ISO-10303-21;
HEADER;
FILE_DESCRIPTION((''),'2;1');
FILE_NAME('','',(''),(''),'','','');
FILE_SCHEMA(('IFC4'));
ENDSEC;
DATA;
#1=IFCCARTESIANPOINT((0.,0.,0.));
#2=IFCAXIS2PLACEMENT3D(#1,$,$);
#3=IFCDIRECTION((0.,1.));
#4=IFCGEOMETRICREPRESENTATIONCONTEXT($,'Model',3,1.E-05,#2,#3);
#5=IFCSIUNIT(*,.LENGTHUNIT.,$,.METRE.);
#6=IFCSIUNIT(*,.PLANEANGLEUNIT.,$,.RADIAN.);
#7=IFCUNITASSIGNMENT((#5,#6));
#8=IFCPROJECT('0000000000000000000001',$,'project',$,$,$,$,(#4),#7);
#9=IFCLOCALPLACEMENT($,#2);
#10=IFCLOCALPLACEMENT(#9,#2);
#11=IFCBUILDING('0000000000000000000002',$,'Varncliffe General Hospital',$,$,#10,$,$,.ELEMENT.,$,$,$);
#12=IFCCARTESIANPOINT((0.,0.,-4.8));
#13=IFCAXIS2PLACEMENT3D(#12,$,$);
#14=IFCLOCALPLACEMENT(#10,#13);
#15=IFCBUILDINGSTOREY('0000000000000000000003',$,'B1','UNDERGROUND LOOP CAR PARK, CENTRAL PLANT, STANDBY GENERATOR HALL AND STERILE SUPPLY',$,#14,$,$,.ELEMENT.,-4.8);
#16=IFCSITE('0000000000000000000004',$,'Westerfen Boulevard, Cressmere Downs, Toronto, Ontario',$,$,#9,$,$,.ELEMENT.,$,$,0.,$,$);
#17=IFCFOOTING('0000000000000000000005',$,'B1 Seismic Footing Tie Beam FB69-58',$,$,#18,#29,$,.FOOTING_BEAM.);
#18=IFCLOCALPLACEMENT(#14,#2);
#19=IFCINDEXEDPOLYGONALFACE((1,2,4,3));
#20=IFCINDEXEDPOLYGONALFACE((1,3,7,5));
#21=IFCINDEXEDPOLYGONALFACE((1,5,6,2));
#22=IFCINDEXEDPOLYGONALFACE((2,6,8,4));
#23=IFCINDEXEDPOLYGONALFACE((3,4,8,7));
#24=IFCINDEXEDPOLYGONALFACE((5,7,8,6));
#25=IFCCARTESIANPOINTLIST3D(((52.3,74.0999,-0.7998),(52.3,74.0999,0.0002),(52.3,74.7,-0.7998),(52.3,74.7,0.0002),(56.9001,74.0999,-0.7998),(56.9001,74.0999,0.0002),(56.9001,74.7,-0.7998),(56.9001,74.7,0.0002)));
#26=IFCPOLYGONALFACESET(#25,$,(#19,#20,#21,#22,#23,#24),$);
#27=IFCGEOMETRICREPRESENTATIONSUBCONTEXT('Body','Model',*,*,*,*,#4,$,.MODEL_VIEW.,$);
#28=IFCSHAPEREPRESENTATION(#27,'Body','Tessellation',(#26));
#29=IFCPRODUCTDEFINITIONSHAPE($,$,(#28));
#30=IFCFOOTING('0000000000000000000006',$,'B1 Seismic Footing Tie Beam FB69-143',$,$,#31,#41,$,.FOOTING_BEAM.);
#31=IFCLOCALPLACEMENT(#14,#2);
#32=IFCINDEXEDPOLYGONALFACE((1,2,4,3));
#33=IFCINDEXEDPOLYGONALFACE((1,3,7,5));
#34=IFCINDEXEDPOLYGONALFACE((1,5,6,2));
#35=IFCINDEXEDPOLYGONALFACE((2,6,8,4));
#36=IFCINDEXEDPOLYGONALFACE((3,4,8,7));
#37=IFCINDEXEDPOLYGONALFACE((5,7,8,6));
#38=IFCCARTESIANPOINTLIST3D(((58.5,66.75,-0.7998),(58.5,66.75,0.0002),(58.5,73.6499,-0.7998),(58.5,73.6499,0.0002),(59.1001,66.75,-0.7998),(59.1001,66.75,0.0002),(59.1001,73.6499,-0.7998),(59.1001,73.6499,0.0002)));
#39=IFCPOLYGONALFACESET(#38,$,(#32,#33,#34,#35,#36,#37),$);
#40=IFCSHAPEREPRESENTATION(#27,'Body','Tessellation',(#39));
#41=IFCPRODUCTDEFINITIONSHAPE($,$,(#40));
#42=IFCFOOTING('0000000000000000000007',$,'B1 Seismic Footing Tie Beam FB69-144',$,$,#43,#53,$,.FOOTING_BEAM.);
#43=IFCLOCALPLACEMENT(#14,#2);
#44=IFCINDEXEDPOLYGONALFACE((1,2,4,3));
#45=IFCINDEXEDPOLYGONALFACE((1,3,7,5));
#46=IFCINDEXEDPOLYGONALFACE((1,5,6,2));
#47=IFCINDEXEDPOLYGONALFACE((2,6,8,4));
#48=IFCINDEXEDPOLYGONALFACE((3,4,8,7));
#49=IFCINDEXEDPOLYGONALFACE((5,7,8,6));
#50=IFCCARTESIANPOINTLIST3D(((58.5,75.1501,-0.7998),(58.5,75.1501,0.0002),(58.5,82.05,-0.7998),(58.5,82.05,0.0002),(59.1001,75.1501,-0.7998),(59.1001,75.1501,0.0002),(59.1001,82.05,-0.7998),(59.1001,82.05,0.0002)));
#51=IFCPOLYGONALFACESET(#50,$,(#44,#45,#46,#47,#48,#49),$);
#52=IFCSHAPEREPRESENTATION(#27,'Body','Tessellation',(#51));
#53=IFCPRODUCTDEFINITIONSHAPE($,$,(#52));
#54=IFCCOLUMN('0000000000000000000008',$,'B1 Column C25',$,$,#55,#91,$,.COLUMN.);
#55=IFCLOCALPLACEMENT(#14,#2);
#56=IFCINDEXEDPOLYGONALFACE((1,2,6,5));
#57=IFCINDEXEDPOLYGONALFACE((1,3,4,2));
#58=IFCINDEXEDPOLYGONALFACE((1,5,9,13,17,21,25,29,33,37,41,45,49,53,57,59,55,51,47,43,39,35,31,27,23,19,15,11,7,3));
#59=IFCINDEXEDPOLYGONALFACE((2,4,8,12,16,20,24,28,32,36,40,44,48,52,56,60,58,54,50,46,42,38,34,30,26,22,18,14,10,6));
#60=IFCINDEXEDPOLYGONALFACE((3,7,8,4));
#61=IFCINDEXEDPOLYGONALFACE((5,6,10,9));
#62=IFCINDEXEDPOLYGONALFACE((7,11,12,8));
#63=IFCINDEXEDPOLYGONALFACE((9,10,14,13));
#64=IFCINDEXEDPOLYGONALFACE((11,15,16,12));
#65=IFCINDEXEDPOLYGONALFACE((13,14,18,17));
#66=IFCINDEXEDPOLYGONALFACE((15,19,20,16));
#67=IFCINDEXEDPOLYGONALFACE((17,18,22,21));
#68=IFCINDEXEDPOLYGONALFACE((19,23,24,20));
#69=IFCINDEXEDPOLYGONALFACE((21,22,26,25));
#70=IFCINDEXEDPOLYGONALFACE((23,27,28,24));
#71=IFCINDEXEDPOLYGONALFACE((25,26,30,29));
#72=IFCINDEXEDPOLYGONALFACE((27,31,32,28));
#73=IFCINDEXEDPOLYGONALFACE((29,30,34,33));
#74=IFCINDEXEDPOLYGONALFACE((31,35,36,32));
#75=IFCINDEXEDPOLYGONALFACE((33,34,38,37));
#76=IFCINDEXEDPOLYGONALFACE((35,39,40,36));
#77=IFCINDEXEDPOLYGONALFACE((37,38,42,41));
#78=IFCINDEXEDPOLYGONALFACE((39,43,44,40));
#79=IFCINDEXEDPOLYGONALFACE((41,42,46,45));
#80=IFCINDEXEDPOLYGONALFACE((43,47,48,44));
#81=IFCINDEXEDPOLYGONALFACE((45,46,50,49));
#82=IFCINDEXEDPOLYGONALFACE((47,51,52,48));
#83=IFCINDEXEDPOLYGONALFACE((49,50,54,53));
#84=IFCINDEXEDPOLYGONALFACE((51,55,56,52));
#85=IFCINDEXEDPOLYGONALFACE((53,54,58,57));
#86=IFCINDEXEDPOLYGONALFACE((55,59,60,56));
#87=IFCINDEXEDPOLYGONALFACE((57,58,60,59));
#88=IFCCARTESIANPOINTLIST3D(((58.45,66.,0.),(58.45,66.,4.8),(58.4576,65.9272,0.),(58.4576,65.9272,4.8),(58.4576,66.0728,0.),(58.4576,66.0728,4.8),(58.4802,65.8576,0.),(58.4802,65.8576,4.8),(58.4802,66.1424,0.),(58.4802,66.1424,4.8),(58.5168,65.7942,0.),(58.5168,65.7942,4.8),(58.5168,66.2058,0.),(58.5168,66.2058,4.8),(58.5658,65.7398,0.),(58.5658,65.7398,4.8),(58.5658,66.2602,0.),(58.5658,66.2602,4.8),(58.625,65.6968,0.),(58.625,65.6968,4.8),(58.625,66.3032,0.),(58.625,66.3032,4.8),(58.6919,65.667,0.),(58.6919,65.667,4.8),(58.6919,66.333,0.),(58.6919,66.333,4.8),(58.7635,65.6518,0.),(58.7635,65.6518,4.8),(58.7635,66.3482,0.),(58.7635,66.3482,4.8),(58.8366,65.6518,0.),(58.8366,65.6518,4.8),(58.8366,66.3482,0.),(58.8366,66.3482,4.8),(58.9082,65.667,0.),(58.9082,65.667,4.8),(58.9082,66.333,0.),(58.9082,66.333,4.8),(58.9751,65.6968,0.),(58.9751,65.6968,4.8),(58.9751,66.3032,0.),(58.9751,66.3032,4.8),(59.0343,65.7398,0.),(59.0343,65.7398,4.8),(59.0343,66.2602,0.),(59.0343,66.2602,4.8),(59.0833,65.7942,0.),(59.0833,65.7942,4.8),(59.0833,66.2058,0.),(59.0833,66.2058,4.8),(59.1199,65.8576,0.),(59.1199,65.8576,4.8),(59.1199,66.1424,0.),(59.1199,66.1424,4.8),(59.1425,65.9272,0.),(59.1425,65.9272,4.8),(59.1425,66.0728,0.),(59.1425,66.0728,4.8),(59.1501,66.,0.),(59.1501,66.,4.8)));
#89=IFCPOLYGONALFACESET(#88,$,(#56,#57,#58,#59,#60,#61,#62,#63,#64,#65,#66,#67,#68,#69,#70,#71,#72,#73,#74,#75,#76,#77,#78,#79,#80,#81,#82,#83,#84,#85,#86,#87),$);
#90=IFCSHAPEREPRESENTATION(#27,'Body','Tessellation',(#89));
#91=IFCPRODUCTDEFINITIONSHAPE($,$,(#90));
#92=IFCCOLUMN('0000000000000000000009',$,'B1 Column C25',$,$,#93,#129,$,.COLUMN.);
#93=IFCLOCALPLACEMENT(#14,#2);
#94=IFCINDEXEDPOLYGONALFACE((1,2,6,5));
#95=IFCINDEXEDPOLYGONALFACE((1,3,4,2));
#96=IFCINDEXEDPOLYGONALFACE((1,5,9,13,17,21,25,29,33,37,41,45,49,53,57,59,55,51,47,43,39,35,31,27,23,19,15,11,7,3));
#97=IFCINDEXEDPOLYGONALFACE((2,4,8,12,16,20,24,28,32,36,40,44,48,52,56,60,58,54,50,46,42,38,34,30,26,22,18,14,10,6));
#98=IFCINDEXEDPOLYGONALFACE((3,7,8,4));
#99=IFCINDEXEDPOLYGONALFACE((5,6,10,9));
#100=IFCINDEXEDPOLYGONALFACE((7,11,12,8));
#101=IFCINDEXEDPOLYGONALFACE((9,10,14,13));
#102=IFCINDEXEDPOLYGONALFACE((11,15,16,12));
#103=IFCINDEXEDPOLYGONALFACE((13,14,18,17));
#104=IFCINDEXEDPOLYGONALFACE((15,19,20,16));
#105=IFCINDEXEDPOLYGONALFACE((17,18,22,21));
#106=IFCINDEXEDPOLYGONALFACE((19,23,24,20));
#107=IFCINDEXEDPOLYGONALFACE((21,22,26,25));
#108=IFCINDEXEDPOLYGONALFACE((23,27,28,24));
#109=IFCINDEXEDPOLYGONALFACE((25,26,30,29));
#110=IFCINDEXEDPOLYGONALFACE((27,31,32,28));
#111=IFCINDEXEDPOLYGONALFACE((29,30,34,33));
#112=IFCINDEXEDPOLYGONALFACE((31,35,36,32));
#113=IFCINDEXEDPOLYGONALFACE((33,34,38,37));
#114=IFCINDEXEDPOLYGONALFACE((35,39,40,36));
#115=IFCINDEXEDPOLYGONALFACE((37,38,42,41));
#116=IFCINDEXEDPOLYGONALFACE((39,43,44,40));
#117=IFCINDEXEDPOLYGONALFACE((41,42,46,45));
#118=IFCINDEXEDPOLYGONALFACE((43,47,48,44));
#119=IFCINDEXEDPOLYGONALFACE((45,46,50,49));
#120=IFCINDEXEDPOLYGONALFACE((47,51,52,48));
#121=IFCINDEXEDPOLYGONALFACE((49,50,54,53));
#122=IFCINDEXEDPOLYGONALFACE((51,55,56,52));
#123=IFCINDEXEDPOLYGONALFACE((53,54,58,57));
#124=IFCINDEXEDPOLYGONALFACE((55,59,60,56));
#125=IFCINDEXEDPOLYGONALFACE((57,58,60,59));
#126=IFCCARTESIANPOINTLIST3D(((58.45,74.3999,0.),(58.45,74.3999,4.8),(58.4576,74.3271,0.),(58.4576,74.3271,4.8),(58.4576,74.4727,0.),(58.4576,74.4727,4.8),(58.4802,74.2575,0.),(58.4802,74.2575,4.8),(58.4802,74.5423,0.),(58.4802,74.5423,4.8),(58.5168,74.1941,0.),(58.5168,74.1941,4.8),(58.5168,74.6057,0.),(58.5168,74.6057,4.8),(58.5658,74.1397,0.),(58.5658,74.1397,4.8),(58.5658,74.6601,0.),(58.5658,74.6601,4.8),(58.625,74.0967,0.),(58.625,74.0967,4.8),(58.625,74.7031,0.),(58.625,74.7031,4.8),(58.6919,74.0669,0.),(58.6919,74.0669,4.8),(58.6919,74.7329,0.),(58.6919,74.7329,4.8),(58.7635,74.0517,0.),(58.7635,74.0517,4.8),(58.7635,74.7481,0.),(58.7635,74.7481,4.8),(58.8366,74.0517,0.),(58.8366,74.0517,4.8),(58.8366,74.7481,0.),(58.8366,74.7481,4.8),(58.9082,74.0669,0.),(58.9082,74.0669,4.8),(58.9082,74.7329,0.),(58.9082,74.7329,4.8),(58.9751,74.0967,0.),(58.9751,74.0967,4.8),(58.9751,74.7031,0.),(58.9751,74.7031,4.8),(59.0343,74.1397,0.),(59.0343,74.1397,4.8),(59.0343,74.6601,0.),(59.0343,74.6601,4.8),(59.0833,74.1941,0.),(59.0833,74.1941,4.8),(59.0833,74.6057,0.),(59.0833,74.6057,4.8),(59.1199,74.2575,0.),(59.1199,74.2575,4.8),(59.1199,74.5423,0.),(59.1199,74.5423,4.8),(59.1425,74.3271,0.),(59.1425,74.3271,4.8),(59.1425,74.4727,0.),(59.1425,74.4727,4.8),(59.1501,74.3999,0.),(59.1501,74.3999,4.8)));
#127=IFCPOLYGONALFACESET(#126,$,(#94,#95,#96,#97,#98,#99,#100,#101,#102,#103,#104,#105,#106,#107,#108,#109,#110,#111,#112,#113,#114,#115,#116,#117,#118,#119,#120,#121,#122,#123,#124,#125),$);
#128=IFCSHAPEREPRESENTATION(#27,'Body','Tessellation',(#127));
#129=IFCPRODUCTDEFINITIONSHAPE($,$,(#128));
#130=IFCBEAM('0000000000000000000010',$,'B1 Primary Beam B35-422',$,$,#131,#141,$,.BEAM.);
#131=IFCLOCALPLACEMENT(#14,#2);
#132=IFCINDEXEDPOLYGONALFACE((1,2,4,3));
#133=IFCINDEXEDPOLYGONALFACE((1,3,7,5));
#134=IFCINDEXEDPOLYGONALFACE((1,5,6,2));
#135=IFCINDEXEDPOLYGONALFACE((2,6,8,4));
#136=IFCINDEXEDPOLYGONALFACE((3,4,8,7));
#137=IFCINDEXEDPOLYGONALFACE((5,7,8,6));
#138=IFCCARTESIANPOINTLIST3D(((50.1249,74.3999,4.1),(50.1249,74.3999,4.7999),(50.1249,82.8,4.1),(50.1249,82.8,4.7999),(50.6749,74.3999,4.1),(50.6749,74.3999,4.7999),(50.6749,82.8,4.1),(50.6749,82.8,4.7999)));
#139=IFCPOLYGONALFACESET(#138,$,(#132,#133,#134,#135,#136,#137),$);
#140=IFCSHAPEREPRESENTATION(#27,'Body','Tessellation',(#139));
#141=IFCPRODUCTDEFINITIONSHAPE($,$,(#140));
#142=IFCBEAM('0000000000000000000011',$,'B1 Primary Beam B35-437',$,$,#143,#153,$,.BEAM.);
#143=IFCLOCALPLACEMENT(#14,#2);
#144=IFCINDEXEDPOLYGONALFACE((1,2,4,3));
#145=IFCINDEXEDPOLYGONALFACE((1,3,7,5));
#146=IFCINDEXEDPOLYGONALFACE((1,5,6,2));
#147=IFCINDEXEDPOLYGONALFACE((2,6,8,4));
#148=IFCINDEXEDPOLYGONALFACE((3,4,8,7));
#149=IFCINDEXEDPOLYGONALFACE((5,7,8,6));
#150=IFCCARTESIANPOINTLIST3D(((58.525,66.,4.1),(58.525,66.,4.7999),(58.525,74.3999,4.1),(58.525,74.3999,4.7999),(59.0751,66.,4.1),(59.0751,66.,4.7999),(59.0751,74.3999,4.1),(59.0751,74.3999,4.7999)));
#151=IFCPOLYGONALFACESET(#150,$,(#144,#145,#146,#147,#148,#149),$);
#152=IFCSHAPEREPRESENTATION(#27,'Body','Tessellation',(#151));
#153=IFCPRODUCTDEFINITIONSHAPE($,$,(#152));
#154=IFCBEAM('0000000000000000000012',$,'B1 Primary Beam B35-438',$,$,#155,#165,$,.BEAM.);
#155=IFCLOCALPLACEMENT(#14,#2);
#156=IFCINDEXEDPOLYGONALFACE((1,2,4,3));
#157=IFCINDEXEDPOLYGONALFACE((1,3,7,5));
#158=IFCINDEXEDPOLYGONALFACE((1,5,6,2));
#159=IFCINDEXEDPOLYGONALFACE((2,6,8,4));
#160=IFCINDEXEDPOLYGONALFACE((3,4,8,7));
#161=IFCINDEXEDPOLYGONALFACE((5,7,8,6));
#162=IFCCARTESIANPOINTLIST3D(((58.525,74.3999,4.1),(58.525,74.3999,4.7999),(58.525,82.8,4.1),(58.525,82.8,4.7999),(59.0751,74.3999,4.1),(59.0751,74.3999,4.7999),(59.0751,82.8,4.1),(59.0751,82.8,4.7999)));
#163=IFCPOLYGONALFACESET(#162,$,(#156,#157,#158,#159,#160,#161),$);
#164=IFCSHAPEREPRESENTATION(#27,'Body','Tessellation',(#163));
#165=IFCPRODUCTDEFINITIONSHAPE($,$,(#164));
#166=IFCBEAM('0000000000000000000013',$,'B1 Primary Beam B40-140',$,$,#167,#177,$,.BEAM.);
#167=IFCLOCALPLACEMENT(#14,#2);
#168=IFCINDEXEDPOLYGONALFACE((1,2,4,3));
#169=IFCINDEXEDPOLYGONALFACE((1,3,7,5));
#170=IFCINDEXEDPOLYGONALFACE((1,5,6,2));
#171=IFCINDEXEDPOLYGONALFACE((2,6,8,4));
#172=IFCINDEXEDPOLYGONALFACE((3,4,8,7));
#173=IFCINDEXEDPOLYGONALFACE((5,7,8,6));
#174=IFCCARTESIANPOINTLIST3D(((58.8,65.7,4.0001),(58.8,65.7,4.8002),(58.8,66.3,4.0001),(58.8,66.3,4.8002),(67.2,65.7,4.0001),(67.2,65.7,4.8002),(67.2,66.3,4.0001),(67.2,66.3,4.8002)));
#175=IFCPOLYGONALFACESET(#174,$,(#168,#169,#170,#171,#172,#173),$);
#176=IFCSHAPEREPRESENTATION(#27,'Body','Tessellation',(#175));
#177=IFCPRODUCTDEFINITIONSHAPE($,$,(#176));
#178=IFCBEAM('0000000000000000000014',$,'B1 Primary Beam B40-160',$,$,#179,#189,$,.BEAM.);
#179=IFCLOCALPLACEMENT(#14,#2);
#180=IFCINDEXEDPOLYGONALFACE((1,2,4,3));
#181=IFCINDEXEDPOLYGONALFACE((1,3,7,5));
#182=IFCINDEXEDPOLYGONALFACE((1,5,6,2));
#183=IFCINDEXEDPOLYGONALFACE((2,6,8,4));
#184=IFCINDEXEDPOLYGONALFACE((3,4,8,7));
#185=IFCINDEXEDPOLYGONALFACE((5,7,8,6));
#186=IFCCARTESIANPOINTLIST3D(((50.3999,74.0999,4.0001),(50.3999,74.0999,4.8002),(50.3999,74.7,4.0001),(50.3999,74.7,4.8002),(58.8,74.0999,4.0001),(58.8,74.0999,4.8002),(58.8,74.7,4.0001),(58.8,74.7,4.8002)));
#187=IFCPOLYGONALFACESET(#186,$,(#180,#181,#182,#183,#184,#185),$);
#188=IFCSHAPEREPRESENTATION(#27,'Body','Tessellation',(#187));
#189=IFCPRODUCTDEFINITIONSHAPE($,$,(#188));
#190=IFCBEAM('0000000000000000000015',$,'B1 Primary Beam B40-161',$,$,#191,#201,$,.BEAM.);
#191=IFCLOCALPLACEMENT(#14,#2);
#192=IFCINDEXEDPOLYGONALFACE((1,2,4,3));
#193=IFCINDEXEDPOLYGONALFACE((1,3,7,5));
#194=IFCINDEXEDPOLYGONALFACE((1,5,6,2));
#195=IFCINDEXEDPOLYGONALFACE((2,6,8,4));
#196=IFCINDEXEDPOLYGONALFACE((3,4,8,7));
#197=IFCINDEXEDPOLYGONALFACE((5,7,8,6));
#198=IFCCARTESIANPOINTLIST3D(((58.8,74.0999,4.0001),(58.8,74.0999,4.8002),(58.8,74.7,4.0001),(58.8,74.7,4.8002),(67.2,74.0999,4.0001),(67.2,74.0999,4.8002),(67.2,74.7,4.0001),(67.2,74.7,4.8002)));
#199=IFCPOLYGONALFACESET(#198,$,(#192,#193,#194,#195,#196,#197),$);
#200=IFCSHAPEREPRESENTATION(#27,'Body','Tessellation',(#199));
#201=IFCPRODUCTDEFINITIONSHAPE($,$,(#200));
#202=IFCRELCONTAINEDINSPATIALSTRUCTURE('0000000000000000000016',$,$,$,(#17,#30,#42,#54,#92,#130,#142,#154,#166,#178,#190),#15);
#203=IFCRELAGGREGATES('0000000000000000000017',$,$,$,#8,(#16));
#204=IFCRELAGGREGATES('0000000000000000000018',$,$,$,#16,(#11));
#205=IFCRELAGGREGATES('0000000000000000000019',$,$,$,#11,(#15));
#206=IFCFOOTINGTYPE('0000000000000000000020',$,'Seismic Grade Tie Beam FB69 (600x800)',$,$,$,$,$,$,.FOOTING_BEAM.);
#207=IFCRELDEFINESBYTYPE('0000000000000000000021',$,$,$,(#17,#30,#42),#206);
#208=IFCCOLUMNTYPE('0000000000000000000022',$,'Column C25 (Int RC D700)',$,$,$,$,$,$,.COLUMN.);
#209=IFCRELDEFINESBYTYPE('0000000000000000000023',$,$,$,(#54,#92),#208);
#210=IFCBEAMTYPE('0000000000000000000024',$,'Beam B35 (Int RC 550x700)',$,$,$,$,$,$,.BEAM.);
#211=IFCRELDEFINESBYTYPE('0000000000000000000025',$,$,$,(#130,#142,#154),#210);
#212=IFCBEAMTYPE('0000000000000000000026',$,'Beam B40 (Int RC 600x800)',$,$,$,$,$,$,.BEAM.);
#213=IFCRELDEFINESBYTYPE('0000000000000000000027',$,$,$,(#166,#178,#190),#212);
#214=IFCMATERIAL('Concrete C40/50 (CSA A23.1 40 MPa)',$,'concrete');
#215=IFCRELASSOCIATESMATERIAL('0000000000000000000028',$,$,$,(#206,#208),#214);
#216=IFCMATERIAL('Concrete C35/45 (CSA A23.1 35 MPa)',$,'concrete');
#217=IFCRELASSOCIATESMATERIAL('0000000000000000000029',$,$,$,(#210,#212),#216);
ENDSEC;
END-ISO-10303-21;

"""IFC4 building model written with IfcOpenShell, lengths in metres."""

from ifc_helpers import new_model, si_unit, direction, frame, origin, origin_2d, place, context, subcontext, project, spatial, rectangle, circle, extrude, material, material_profile, profile_set, type_object, element, save


model = new_model("IFC4")

# Units and contexts
model_context = context("Model", 3, precision=1e-05, world=origin(), true_north=direction((0.0, 1.0)))
body_context = subcontext(model_context, "Body", "Model", "MODEL_VIEW")
ifc_project = project(units=[si_unit("LENGTHUNIT", "METRE"), si_unit("PLANEANGLEUNIT", "RADIAN")], contexts=[model_context])

# Site, building, storey
site_placement = place(None, origin())
site = spatial("IfcSite", under=ifc_project, at=site_placement, Name="Westerfen Boulevard, Cressmere Downs, Toronto, Ontario", CompositionType="ELEMENT", RefElevation=0.0)
building_placement = place(site_placement, origin())
building = spatial("IfcBuilding", under=site, at=building_placement, Name="Varncliffe General Hospital", CompositionType="ELEMENT")
storey_placement = place(building_placement, frame((0.0, 0.0, -4.8)))
storey = spatial("IfcBuildingStorey", under=building, at=storey_placement, Name="B1", Description="UNDERGROUND LOOP CAR PARK, CENTRAL PLANT, STANDBY GENERATOR HALL AND STERILE SUPPLY", CompositionType="ELEMENT", Elevation=-4.8)

# Shared definitions
ifc_material_1 = material(Name="Concrete C40/50 (CSA A23.1 40 MPa)", Category="concrete")

# Footings
footing_type_1 = type_object("IfcFootingType", Name="Seismic Grade Tie Beam FB69 (600x800)", PredefinedType="FOOTING_BEAM", material=ifc_material_1)
footing_placement = place(storey_placement, frame((54.6001, 74.3999, -0.7998), z_axis=(0.0, 0.0, 1.0), x_axis=(1.0, 0.0, 0.0)))
element("IfcFooting", 1, at=footing_placement, inside=storey, type_object=footing_type_1, Name="B1 Seismic Footing Tie Beam FB69-58", PredefinedType="FOOTING_BEAM", context=body_context, shape_type="SweptSolid", body=[
    extrude(rectangle(XDim=4.6001, YDim=0.6001, at=origin_2d()), origin(), (0.0, 0.0, 1.0), 0.8),
])
for number, where, z_axis, x_axis, name in (
    (2, (58.8, 70.2, -0.7998), (0.0, 0.0, 1.0), (1.0, 0.0, 0.0), "B1 Seismic Footing Tie Beam FB69-143"),
    (3, (58.8, 78.6001, -0.7998), (0.0, 0.0, 1.0), (1.0, 0.0, 0.0), "B1 Seismic Footing Tie Beam FB69-144"),
):
    element("IfcFooting", number, at=place(storey_placement, frame(where, z_axis=z_axis, x_axis=x_axis)), inside=storey, type_object=footing_type_1, Name=name, PredefinedType="FOOTING_BEAM", context=body_context, shape_type="SweptSolid", body=[
        extrude(rectangle(XDim=0.6001, YDim=6.8999, at=origin_2d()), origin(), (0.0, 0.0, 1.0), 0.8),
    ])

# Columns
ifc_material_profile_1 = material_profile(ifc_material_1, circle(Radius=0.3501, at=origin_2d()), Name="RC D700")
ifc_profile_set_1 = profile_set([ifc_material_profile_1], Name="Concrete C40/50 (CSA A23.1 40 MPa)")
column_type = type_object("IfcColumnType", Name="Column C25 (Int RC D700)", PredefinedType="COLUMN", material=ifc_profile_set_1)
for number, where, z_axis, x_axis, name in (
    (4, (58.8, 66.0, 0.0), (0.0, 0.0, 1.0), (1.0, 0.0, 0.0), "B1 Column C25"),
    (5, (58.8, 74.3999, 0.0), (0.0, 0.0, 1.0), (1.0, 0.0, 0.0), "B1 Column C25"),
):
    element("IfcColumn", number, at=place(storey_placement, frame(where, z_axis=z_axis, x_axis=x_axis)), inside=storey, type_object=column_type, Name=name, PredefinedType="COLUMN", context=body_context, shape_type="SweptSolid", body=[
        extrude(circle(Radius=0.3501, at=origin_2d()), origin(), (0.0, 0.0, 1.0), 4.8),
    ])

# Beams
ifc_material_2 = material(Name="Concrete C35/45 (CSA A23.1 35 MPa)", Category="concrete")
ifc_material_profile_2 = material_profile(ifc_material_2, rectangle(XDim=0.55, YDim=0.7, at=origin_2d()), Name="RC 550x700")
ifc_profile_set_2 = profile_set([ifc_material_profile_2], Name="Concrete C35/45 (CSA A23.1 35 MPa)")
beam_type_1 = type_object("IfcBeamType", Name="Beam B35 (Int RC 550x700)", PredefinedType="BEAM", material=ifc_profile_set_2)
beam_1_placement = place(storey_placement, frame((50.3999, 74.3999, 4.45), z_axis=(0.0, 1.0, 0.0), x_axis=(-1.0, 0.0, 0.0)))
element("IfcBeam", 6, at=beam_1_placement, inside=storey, type_object=beam_type_1, Name="B1 Primary Beam B35-422", PredefinedType="BEAM", context=body_context, shape_type="SweptSolid", body=[
    extrude(rectangle(XDim=0.55, YDim=0.7, at=origin_2d()), origin(), (0.0, 0.0, 1.0), 8.4001),
])
beam_2_placement = place(storey_placement, frame((58.8, 66.0, 4.45), z_axis=(0.0, 1.0, 0.0), x_axis=(-1.0, 0.0, 0.0)))
element("IfcBeam", 7, at=beam_2_placement, inside=storey, type_object=beam_type_1, Name="B1 Primary Beam B35-437", PredefinedType="BEAM", context=body_context, shape_type="SweptSolid", body=[
    extrude(rectangle(XDim=0.55, YDim=0.7, at=origin_2d()), origin(), (0.0, 0.0, 1.0), 8.3999),
])
beam_3_placement = place(storey_placement, frame((58.8, 74.3999, 4.45), z_axis=(0.0, 1.0, 0.0), x_axis=(-1.0, 0.0, 0.0)))
element("IfcBeam", 8, at=beam_3_placement, inside=storey, type_object=beam_type_1, Name="B1 Primary Beam B35-438", PredefinedType="BEAM", context=body_context, shape_type="SweptSolid", body=[
    extrude(rectangle(XDim=0.55, YDim=0.7, at=origin_2d()), origin(), (0.0, 0.0, 1.0), 8.4001),
])
ifc_material_profile_3 = material_profile(ifc_material_2, rectangle(XDim=0.6001, YDim=0.8, at=origin_2d()), Name="RC 600x800")
ifc_profile_set_3 = profile_set([ifc_material_profile_3], Name="Concrete C35/45 (CSA A23.1 35 MPa)")
beam_type_2 = type_object("IfcBeamType", Name="Beam B40 (Int RC 600x800)", PredefinedType="BEAM", material=ifc_profile_set_3)
beam_4_placement = place(storey_placement, frame((58.8, 66.0, 4.4001), z_axis=(1.0, 0.0, 0.0), x_axis=(0.0, 1.0, 0.0)))
element("IfcBeam", 9, at=beam_4_placement, inside=storey, type_object=beam_type_2, Name="B1 Primary Beam B40-140", PredefinedType="BEAM", context=body_context, shape_type="SweptSolid", body=[
    extrude(rectangle(XDim=0.6001, YDim=0.8, at=origin_2d()), origin(), (0.0, 0.0, 1.0), 8.3999),
])
beam_5_placement = place(storey_placement, frame((50.3999, 74.3999, 4.4001), z_axis=(1.0, 0.0, 0.0), x_axis=(0.0, 1.0, 0.0)))
element("IfcBeam", 10, at=beam_5_placement, inside=storey, type_object=beam_type_2, Name="B1 Primary Beam B40-160", PredefinedType="BEAM", context=body_context, shape_type="SweptSolid", body=[
    extrude(rectangle(XDim=0.6001, YDim=0.8, at=origin_2d()), origin(), (0.0, 0.0, 1.0), 8.4001),
])
beam_6_placement = place(storey_placement, frame((58.8, 74.3999, 4.4001), z_axis=(1.0, 0.0, 0.0), x_axis=(0.0, 1.0, 0.0)))
element("IfcBeam", 11, at=beam_6_placement, inside=storey, type_object=beam_type_2, Name="B1 Primary Beam B40-161", PredefinedType="BEAM", context=body_context, shape_type="SweptSolid", body=[
    extrude(rectangle(XDim=0.6001, YDim=0.8, at=origin_2d()), origin(), (0.0, 0.0, 1.0), 8.3999),
])

save(model, "model.ifc")
